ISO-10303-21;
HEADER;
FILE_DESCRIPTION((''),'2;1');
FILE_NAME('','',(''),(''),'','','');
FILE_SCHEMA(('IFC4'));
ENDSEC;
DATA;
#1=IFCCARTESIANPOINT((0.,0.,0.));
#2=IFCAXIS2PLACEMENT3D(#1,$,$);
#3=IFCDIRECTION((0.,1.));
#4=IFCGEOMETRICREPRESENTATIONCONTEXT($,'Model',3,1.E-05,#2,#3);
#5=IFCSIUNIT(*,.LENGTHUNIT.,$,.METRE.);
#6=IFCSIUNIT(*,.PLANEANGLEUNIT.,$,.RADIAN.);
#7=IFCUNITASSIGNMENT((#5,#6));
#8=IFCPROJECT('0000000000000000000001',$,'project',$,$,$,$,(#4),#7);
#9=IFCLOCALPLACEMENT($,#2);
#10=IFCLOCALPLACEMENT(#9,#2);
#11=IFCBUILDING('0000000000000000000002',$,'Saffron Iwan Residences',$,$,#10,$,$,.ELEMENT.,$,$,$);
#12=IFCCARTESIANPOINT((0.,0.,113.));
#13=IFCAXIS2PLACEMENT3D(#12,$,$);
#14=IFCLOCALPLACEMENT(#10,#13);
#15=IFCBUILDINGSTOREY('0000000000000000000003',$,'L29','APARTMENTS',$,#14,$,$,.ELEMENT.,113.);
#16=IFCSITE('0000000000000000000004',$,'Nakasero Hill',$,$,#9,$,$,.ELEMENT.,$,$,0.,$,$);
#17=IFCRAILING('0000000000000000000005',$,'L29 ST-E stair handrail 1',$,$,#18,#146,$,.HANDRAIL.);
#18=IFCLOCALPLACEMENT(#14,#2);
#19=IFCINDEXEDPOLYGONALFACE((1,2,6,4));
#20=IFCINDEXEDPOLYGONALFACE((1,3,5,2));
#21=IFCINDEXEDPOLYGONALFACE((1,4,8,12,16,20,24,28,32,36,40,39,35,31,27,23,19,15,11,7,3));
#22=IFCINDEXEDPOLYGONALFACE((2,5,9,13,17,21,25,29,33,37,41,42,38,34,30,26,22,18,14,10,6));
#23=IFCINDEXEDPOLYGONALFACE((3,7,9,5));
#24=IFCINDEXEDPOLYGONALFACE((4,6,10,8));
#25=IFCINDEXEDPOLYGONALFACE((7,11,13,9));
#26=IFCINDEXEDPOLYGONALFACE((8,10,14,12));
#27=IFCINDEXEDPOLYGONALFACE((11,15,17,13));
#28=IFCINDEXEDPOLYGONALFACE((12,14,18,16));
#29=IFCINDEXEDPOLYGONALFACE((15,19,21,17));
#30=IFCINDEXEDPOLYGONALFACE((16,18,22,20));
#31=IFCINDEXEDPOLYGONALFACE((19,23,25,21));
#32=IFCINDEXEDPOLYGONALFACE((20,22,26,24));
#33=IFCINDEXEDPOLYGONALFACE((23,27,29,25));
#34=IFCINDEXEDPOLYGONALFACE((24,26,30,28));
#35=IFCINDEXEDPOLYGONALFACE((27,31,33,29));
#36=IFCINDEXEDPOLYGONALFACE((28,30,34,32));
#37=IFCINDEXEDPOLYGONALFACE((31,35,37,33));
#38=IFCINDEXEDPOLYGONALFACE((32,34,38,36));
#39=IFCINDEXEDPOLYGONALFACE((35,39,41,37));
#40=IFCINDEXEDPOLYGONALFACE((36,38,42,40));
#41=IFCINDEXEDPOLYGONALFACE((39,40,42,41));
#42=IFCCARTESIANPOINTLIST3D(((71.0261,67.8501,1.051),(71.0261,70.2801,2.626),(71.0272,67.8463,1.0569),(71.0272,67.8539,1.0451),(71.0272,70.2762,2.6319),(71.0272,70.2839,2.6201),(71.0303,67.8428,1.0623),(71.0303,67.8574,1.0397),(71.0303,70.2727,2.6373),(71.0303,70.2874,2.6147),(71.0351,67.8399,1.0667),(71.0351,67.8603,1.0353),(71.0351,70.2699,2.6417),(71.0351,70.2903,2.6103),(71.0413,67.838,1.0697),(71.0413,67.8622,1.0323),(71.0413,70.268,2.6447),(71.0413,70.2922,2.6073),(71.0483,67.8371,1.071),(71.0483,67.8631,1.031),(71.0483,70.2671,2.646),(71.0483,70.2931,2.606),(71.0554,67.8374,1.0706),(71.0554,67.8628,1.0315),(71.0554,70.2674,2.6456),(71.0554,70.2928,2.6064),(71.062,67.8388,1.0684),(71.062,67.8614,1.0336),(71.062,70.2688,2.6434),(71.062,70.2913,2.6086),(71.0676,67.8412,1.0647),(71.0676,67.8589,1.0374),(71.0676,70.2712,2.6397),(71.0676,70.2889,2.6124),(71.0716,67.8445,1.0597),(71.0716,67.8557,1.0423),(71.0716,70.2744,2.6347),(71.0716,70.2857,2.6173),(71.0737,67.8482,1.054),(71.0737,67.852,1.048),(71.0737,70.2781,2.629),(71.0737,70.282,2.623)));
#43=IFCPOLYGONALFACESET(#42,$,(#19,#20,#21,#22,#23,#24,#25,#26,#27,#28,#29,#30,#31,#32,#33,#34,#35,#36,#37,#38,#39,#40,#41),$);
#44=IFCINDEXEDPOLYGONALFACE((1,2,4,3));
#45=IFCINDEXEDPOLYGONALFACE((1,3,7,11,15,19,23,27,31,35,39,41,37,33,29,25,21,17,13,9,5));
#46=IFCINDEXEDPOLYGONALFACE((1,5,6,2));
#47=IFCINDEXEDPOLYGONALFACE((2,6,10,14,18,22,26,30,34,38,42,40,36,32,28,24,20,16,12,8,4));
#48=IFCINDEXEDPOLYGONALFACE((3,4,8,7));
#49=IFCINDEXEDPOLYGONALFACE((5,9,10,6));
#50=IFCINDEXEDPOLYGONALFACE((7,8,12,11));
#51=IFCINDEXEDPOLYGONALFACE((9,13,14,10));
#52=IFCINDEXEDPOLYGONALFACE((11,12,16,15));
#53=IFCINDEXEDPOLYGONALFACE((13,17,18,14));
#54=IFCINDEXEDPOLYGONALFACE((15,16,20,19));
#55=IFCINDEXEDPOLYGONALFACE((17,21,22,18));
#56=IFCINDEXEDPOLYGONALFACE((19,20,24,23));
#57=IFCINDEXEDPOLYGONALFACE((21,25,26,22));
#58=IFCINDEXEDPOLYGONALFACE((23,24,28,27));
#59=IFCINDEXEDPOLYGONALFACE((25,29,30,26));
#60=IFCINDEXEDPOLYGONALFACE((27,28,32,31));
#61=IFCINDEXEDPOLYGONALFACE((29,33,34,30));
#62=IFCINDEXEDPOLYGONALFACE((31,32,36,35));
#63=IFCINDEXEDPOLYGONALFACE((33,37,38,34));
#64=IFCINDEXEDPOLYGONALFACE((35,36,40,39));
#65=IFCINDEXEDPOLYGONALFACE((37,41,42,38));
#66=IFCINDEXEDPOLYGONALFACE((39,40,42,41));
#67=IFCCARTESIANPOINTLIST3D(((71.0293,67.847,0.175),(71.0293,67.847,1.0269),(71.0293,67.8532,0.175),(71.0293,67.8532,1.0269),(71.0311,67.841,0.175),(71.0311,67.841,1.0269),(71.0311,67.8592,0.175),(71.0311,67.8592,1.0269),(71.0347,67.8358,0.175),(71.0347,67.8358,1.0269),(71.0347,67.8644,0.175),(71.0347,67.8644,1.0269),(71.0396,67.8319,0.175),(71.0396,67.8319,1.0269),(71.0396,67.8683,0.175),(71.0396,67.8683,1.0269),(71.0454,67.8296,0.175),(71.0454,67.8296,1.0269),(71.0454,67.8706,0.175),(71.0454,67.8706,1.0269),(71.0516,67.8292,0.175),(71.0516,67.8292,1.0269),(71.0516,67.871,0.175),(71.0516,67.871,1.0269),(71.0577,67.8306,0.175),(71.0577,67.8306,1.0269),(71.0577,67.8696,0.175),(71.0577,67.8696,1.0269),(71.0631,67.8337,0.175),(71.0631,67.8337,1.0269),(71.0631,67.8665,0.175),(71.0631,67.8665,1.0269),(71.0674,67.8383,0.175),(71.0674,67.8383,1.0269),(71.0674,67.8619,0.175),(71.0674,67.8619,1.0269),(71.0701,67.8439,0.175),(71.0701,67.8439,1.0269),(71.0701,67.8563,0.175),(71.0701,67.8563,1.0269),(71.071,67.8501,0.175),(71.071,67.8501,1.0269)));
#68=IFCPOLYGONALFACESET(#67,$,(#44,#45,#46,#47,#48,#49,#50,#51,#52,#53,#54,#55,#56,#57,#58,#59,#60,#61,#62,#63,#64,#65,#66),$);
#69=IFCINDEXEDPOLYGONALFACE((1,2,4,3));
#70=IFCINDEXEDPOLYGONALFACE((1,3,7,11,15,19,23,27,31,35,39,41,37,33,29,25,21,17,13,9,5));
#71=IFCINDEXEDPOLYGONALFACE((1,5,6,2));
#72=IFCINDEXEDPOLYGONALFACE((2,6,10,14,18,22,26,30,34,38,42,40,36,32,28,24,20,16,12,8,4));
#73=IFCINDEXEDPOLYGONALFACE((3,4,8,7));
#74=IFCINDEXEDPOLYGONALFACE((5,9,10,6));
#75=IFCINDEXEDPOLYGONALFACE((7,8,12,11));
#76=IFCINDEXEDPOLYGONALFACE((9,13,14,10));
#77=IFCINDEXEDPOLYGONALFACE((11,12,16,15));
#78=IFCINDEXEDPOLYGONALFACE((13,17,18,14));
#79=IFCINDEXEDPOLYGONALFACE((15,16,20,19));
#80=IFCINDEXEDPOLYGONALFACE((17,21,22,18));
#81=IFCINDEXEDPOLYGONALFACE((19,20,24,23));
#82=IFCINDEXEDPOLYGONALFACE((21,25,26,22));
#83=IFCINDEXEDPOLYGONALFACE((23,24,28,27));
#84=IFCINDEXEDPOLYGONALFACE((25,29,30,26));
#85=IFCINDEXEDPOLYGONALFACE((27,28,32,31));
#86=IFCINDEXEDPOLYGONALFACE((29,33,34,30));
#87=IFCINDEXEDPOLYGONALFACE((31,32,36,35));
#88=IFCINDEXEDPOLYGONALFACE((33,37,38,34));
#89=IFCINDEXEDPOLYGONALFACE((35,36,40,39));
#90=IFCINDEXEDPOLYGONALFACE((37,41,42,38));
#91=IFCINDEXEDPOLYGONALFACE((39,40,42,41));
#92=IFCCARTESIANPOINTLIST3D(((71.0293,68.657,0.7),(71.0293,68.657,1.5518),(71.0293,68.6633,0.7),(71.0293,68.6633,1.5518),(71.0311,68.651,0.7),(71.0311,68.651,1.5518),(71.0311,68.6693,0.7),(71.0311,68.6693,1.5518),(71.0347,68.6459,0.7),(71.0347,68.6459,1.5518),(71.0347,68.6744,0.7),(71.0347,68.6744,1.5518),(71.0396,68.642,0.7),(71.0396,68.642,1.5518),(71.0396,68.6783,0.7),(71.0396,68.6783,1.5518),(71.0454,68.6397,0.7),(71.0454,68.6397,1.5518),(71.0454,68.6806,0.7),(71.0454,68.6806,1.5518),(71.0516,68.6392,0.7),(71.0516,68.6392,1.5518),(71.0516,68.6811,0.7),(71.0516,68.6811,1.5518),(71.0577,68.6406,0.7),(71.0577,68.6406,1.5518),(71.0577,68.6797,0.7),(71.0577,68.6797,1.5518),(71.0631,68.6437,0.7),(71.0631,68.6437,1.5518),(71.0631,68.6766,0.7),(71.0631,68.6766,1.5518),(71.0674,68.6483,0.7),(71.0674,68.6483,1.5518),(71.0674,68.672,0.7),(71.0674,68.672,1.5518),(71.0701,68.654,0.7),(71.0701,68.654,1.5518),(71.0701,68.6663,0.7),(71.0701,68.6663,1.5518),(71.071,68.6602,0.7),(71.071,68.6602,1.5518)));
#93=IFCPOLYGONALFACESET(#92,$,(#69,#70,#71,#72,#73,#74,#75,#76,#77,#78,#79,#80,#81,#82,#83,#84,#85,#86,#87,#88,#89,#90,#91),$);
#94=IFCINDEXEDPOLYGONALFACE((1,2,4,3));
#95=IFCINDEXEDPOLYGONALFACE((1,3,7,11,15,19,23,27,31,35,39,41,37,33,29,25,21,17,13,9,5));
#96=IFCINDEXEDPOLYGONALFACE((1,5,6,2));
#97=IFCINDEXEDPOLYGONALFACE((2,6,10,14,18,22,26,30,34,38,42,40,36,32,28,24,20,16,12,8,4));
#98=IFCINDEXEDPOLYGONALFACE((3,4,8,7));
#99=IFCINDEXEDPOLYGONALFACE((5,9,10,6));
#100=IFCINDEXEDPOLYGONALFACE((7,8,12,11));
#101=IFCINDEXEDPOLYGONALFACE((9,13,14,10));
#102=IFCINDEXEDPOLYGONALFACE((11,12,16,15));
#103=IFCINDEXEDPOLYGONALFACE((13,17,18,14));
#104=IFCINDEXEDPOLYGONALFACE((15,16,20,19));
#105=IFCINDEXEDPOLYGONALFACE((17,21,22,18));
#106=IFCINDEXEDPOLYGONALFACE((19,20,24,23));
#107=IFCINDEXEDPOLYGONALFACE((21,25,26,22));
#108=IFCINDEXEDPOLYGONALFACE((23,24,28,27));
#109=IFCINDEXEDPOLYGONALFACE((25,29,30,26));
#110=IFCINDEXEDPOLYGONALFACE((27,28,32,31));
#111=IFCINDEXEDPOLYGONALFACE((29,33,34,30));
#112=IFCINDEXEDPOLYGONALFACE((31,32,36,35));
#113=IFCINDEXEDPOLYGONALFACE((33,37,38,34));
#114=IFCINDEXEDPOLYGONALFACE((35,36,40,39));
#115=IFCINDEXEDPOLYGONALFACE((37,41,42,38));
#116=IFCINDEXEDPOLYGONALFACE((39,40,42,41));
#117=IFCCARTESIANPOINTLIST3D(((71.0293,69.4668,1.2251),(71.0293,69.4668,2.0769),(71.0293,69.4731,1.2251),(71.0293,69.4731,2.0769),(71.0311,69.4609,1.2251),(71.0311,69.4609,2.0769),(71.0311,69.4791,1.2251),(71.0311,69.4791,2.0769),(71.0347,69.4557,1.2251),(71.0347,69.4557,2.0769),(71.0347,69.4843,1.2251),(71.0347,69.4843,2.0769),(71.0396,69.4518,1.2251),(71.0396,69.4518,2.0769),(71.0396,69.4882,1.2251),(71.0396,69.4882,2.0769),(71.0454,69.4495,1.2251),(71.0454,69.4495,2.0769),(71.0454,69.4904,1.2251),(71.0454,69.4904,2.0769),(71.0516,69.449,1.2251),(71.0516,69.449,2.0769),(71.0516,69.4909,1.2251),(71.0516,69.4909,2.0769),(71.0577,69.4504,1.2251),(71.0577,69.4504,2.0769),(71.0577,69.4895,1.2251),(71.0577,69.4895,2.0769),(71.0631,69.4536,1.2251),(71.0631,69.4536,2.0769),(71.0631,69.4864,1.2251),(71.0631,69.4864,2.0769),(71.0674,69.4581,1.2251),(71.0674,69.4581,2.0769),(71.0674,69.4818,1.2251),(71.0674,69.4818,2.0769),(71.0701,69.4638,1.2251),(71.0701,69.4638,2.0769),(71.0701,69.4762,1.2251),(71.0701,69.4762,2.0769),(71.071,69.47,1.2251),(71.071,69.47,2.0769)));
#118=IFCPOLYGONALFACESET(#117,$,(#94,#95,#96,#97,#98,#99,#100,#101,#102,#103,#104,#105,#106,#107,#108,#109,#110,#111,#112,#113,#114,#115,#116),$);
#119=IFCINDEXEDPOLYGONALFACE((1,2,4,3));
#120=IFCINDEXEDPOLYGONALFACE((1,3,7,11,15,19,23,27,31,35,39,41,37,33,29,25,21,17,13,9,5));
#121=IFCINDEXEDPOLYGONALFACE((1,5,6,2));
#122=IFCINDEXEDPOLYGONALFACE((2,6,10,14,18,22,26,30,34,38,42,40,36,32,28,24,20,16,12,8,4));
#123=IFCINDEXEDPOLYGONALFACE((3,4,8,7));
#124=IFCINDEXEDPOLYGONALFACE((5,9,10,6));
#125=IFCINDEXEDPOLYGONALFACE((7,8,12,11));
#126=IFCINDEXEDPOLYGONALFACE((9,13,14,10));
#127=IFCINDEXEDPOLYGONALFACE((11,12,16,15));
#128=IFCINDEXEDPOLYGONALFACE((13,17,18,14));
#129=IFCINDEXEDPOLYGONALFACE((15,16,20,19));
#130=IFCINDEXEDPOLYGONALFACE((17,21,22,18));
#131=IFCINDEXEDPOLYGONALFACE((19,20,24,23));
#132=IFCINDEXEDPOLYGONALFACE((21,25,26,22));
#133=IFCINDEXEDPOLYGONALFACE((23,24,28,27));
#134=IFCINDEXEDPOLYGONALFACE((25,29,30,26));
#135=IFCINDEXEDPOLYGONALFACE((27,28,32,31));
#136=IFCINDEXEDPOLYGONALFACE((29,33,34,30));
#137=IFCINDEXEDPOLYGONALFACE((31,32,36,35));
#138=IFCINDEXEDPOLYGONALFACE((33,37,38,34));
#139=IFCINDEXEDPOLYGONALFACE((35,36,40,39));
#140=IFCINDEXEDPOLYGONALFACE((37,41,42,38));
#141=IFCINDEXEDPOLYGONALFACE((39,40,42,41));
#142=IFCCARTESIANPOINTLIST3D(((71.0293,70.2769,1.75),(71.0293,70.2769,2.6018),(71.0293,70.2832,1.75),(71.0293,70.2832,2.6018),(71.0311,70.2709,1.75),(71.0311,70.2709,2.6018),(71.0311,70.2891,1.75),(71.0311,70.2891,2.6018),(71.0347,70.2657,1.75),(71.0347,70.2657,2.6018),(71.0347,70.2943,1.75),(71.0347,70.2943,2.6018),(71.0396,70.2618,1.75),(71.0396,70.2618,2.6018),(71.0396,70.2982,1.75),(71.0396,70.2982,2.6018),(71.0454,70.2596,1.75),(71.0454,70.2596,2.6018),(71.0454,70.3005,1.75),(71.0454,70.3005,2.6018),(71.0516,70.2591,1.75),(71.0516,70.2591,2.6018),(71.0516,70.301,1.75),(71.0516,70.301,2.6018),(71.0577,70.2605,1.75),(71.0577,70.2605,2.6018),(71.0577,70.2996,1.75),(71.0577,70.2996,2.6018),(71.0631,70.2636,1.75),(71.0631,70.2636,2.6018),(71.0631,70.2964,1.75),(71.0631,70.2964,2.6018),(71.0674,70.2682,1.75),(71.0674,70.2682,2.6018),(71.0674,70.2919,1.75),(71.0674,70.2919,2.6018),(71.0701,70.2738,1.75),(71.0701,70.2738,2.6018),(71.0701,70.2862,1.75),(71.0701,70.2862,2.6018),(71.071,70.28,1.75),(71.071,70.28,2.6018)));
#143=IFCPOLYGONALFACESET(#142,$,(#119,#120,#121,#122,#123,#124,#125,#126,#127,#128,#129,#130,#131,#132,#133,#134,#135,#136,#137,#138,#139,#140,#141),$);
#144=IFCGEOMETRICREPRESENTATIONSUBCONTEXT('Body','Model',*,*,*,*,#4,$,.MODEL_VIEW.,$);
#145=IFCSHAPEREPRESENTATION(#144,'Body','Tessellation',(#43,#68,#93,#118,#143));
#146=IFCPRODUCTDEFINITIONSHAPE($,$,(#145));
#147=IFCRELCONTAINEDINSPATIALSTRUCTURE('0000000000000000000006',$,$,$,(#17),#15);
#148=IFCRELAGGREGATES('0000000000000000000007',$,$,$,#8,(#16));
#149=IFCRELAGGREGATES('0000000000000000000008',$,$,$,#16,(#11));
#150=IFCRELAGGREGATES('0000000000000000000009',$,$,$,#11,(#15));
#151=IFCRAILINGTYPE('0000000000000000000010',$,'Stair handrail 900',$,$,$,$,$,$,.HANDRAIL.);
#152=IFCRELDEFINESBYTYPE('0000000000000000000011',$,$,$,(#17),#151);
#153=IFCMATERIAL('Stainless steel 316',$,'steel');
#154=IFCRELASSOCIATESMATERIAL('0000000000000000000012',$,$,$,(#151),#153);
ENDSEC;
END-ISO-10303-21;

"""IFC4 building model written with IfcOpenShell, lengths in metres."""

from ifc_helpers import new_model, si_unit, direction, frame, origin, origin_2d, place, context, subcontext, project, spatial, circle, extrude, material, type_object, element, save


model = new_model("IFC4")

# Units and contexts
model_context = context("Model", 3, precision=1e-05, world=origin(), true_north=direction((0.0, 1.0)))
body_context = subcontext(model_context, "Body", "Model", "MODEL_VIEW")
ifc_project = project(units=[si_unit("LENGTHUNIT", "METRE"), si_unit("PLANEANGLEUNIT", "RADIAN")], contexts=[model_context])

# Site, building, storey
site_placement = place(None, origin())
site = spatial("IfcSite", under=ifc_project, at=site_placement, Name="Nakasero Hill", CompositionType="ELEMENT", RefElevation=0.0)
building_placement = place(site_placement, origin())
building = spatial("IfcBuilding", under=site, at=building_placement, Name="Saffron Iwan Residences", CompositionType="ELEMENT")
storey_placement = place(building_placement, frame((0.0, 0.0, 113.0)))
storey = spatial("IfcBuildingStorey", under=building, at=storey_placement, Name="L29", Description="APARTMENTS", CompositionType="ELEMENT", Elevation=113.0)

# Railing
ifc_material_1 = material(Name="Stainless steel 316", Category="steel")
railing_type_1 = type_object("IfcRailingType", Name="Stair handrail 900", PredefinedType="HANDRAIL", material=ifc_material_1)
railing_1_placement = place(storey_placement, frame((71.05, 67.8501, 0.175)))
element("IfcRailing", 1, at=railing_1_placement, inside=storey, type_object=railing_type_1, Name="L29 ST-E stair handrail 1", PredefinedType="HANDRAIL", context=body_context, shape_type="SweptSolid", body=[
    extrude(circle(Radius=0.0239, at=origin_2d()), frame((0.0, 0.0, 0.876), z_axis=(0.0, 0.839154, 0.543894), x_axis=(-1.0, 0.0, 0.0)), (0.0, 0.0, 1.0), 2.8958),
    extrude(circle(Radius=0.021, at=origin_2d()), origin(), (0.0, 0.0, 1.0), 0.8518),
    extrude(circle(Radius=0.021, at=origin_2d()), frame((0.0, 0.8101, 0.5249)), (0.0, 0.0, 1.0), 0.8518),
    extrude(circle(Radius=0.021, at=origin_2d()), frame((0.0, 1.6199, 1.05)), (0.0, 0.0, 1.0), 0.8518),
    extrude(circle(Radius=0.021, at=origin_2d()), frame((0.0, 2.4299, 1.575)), (0.0, 0.0, 1.0), 0.8518),
])

save(model, "model.ifc")
